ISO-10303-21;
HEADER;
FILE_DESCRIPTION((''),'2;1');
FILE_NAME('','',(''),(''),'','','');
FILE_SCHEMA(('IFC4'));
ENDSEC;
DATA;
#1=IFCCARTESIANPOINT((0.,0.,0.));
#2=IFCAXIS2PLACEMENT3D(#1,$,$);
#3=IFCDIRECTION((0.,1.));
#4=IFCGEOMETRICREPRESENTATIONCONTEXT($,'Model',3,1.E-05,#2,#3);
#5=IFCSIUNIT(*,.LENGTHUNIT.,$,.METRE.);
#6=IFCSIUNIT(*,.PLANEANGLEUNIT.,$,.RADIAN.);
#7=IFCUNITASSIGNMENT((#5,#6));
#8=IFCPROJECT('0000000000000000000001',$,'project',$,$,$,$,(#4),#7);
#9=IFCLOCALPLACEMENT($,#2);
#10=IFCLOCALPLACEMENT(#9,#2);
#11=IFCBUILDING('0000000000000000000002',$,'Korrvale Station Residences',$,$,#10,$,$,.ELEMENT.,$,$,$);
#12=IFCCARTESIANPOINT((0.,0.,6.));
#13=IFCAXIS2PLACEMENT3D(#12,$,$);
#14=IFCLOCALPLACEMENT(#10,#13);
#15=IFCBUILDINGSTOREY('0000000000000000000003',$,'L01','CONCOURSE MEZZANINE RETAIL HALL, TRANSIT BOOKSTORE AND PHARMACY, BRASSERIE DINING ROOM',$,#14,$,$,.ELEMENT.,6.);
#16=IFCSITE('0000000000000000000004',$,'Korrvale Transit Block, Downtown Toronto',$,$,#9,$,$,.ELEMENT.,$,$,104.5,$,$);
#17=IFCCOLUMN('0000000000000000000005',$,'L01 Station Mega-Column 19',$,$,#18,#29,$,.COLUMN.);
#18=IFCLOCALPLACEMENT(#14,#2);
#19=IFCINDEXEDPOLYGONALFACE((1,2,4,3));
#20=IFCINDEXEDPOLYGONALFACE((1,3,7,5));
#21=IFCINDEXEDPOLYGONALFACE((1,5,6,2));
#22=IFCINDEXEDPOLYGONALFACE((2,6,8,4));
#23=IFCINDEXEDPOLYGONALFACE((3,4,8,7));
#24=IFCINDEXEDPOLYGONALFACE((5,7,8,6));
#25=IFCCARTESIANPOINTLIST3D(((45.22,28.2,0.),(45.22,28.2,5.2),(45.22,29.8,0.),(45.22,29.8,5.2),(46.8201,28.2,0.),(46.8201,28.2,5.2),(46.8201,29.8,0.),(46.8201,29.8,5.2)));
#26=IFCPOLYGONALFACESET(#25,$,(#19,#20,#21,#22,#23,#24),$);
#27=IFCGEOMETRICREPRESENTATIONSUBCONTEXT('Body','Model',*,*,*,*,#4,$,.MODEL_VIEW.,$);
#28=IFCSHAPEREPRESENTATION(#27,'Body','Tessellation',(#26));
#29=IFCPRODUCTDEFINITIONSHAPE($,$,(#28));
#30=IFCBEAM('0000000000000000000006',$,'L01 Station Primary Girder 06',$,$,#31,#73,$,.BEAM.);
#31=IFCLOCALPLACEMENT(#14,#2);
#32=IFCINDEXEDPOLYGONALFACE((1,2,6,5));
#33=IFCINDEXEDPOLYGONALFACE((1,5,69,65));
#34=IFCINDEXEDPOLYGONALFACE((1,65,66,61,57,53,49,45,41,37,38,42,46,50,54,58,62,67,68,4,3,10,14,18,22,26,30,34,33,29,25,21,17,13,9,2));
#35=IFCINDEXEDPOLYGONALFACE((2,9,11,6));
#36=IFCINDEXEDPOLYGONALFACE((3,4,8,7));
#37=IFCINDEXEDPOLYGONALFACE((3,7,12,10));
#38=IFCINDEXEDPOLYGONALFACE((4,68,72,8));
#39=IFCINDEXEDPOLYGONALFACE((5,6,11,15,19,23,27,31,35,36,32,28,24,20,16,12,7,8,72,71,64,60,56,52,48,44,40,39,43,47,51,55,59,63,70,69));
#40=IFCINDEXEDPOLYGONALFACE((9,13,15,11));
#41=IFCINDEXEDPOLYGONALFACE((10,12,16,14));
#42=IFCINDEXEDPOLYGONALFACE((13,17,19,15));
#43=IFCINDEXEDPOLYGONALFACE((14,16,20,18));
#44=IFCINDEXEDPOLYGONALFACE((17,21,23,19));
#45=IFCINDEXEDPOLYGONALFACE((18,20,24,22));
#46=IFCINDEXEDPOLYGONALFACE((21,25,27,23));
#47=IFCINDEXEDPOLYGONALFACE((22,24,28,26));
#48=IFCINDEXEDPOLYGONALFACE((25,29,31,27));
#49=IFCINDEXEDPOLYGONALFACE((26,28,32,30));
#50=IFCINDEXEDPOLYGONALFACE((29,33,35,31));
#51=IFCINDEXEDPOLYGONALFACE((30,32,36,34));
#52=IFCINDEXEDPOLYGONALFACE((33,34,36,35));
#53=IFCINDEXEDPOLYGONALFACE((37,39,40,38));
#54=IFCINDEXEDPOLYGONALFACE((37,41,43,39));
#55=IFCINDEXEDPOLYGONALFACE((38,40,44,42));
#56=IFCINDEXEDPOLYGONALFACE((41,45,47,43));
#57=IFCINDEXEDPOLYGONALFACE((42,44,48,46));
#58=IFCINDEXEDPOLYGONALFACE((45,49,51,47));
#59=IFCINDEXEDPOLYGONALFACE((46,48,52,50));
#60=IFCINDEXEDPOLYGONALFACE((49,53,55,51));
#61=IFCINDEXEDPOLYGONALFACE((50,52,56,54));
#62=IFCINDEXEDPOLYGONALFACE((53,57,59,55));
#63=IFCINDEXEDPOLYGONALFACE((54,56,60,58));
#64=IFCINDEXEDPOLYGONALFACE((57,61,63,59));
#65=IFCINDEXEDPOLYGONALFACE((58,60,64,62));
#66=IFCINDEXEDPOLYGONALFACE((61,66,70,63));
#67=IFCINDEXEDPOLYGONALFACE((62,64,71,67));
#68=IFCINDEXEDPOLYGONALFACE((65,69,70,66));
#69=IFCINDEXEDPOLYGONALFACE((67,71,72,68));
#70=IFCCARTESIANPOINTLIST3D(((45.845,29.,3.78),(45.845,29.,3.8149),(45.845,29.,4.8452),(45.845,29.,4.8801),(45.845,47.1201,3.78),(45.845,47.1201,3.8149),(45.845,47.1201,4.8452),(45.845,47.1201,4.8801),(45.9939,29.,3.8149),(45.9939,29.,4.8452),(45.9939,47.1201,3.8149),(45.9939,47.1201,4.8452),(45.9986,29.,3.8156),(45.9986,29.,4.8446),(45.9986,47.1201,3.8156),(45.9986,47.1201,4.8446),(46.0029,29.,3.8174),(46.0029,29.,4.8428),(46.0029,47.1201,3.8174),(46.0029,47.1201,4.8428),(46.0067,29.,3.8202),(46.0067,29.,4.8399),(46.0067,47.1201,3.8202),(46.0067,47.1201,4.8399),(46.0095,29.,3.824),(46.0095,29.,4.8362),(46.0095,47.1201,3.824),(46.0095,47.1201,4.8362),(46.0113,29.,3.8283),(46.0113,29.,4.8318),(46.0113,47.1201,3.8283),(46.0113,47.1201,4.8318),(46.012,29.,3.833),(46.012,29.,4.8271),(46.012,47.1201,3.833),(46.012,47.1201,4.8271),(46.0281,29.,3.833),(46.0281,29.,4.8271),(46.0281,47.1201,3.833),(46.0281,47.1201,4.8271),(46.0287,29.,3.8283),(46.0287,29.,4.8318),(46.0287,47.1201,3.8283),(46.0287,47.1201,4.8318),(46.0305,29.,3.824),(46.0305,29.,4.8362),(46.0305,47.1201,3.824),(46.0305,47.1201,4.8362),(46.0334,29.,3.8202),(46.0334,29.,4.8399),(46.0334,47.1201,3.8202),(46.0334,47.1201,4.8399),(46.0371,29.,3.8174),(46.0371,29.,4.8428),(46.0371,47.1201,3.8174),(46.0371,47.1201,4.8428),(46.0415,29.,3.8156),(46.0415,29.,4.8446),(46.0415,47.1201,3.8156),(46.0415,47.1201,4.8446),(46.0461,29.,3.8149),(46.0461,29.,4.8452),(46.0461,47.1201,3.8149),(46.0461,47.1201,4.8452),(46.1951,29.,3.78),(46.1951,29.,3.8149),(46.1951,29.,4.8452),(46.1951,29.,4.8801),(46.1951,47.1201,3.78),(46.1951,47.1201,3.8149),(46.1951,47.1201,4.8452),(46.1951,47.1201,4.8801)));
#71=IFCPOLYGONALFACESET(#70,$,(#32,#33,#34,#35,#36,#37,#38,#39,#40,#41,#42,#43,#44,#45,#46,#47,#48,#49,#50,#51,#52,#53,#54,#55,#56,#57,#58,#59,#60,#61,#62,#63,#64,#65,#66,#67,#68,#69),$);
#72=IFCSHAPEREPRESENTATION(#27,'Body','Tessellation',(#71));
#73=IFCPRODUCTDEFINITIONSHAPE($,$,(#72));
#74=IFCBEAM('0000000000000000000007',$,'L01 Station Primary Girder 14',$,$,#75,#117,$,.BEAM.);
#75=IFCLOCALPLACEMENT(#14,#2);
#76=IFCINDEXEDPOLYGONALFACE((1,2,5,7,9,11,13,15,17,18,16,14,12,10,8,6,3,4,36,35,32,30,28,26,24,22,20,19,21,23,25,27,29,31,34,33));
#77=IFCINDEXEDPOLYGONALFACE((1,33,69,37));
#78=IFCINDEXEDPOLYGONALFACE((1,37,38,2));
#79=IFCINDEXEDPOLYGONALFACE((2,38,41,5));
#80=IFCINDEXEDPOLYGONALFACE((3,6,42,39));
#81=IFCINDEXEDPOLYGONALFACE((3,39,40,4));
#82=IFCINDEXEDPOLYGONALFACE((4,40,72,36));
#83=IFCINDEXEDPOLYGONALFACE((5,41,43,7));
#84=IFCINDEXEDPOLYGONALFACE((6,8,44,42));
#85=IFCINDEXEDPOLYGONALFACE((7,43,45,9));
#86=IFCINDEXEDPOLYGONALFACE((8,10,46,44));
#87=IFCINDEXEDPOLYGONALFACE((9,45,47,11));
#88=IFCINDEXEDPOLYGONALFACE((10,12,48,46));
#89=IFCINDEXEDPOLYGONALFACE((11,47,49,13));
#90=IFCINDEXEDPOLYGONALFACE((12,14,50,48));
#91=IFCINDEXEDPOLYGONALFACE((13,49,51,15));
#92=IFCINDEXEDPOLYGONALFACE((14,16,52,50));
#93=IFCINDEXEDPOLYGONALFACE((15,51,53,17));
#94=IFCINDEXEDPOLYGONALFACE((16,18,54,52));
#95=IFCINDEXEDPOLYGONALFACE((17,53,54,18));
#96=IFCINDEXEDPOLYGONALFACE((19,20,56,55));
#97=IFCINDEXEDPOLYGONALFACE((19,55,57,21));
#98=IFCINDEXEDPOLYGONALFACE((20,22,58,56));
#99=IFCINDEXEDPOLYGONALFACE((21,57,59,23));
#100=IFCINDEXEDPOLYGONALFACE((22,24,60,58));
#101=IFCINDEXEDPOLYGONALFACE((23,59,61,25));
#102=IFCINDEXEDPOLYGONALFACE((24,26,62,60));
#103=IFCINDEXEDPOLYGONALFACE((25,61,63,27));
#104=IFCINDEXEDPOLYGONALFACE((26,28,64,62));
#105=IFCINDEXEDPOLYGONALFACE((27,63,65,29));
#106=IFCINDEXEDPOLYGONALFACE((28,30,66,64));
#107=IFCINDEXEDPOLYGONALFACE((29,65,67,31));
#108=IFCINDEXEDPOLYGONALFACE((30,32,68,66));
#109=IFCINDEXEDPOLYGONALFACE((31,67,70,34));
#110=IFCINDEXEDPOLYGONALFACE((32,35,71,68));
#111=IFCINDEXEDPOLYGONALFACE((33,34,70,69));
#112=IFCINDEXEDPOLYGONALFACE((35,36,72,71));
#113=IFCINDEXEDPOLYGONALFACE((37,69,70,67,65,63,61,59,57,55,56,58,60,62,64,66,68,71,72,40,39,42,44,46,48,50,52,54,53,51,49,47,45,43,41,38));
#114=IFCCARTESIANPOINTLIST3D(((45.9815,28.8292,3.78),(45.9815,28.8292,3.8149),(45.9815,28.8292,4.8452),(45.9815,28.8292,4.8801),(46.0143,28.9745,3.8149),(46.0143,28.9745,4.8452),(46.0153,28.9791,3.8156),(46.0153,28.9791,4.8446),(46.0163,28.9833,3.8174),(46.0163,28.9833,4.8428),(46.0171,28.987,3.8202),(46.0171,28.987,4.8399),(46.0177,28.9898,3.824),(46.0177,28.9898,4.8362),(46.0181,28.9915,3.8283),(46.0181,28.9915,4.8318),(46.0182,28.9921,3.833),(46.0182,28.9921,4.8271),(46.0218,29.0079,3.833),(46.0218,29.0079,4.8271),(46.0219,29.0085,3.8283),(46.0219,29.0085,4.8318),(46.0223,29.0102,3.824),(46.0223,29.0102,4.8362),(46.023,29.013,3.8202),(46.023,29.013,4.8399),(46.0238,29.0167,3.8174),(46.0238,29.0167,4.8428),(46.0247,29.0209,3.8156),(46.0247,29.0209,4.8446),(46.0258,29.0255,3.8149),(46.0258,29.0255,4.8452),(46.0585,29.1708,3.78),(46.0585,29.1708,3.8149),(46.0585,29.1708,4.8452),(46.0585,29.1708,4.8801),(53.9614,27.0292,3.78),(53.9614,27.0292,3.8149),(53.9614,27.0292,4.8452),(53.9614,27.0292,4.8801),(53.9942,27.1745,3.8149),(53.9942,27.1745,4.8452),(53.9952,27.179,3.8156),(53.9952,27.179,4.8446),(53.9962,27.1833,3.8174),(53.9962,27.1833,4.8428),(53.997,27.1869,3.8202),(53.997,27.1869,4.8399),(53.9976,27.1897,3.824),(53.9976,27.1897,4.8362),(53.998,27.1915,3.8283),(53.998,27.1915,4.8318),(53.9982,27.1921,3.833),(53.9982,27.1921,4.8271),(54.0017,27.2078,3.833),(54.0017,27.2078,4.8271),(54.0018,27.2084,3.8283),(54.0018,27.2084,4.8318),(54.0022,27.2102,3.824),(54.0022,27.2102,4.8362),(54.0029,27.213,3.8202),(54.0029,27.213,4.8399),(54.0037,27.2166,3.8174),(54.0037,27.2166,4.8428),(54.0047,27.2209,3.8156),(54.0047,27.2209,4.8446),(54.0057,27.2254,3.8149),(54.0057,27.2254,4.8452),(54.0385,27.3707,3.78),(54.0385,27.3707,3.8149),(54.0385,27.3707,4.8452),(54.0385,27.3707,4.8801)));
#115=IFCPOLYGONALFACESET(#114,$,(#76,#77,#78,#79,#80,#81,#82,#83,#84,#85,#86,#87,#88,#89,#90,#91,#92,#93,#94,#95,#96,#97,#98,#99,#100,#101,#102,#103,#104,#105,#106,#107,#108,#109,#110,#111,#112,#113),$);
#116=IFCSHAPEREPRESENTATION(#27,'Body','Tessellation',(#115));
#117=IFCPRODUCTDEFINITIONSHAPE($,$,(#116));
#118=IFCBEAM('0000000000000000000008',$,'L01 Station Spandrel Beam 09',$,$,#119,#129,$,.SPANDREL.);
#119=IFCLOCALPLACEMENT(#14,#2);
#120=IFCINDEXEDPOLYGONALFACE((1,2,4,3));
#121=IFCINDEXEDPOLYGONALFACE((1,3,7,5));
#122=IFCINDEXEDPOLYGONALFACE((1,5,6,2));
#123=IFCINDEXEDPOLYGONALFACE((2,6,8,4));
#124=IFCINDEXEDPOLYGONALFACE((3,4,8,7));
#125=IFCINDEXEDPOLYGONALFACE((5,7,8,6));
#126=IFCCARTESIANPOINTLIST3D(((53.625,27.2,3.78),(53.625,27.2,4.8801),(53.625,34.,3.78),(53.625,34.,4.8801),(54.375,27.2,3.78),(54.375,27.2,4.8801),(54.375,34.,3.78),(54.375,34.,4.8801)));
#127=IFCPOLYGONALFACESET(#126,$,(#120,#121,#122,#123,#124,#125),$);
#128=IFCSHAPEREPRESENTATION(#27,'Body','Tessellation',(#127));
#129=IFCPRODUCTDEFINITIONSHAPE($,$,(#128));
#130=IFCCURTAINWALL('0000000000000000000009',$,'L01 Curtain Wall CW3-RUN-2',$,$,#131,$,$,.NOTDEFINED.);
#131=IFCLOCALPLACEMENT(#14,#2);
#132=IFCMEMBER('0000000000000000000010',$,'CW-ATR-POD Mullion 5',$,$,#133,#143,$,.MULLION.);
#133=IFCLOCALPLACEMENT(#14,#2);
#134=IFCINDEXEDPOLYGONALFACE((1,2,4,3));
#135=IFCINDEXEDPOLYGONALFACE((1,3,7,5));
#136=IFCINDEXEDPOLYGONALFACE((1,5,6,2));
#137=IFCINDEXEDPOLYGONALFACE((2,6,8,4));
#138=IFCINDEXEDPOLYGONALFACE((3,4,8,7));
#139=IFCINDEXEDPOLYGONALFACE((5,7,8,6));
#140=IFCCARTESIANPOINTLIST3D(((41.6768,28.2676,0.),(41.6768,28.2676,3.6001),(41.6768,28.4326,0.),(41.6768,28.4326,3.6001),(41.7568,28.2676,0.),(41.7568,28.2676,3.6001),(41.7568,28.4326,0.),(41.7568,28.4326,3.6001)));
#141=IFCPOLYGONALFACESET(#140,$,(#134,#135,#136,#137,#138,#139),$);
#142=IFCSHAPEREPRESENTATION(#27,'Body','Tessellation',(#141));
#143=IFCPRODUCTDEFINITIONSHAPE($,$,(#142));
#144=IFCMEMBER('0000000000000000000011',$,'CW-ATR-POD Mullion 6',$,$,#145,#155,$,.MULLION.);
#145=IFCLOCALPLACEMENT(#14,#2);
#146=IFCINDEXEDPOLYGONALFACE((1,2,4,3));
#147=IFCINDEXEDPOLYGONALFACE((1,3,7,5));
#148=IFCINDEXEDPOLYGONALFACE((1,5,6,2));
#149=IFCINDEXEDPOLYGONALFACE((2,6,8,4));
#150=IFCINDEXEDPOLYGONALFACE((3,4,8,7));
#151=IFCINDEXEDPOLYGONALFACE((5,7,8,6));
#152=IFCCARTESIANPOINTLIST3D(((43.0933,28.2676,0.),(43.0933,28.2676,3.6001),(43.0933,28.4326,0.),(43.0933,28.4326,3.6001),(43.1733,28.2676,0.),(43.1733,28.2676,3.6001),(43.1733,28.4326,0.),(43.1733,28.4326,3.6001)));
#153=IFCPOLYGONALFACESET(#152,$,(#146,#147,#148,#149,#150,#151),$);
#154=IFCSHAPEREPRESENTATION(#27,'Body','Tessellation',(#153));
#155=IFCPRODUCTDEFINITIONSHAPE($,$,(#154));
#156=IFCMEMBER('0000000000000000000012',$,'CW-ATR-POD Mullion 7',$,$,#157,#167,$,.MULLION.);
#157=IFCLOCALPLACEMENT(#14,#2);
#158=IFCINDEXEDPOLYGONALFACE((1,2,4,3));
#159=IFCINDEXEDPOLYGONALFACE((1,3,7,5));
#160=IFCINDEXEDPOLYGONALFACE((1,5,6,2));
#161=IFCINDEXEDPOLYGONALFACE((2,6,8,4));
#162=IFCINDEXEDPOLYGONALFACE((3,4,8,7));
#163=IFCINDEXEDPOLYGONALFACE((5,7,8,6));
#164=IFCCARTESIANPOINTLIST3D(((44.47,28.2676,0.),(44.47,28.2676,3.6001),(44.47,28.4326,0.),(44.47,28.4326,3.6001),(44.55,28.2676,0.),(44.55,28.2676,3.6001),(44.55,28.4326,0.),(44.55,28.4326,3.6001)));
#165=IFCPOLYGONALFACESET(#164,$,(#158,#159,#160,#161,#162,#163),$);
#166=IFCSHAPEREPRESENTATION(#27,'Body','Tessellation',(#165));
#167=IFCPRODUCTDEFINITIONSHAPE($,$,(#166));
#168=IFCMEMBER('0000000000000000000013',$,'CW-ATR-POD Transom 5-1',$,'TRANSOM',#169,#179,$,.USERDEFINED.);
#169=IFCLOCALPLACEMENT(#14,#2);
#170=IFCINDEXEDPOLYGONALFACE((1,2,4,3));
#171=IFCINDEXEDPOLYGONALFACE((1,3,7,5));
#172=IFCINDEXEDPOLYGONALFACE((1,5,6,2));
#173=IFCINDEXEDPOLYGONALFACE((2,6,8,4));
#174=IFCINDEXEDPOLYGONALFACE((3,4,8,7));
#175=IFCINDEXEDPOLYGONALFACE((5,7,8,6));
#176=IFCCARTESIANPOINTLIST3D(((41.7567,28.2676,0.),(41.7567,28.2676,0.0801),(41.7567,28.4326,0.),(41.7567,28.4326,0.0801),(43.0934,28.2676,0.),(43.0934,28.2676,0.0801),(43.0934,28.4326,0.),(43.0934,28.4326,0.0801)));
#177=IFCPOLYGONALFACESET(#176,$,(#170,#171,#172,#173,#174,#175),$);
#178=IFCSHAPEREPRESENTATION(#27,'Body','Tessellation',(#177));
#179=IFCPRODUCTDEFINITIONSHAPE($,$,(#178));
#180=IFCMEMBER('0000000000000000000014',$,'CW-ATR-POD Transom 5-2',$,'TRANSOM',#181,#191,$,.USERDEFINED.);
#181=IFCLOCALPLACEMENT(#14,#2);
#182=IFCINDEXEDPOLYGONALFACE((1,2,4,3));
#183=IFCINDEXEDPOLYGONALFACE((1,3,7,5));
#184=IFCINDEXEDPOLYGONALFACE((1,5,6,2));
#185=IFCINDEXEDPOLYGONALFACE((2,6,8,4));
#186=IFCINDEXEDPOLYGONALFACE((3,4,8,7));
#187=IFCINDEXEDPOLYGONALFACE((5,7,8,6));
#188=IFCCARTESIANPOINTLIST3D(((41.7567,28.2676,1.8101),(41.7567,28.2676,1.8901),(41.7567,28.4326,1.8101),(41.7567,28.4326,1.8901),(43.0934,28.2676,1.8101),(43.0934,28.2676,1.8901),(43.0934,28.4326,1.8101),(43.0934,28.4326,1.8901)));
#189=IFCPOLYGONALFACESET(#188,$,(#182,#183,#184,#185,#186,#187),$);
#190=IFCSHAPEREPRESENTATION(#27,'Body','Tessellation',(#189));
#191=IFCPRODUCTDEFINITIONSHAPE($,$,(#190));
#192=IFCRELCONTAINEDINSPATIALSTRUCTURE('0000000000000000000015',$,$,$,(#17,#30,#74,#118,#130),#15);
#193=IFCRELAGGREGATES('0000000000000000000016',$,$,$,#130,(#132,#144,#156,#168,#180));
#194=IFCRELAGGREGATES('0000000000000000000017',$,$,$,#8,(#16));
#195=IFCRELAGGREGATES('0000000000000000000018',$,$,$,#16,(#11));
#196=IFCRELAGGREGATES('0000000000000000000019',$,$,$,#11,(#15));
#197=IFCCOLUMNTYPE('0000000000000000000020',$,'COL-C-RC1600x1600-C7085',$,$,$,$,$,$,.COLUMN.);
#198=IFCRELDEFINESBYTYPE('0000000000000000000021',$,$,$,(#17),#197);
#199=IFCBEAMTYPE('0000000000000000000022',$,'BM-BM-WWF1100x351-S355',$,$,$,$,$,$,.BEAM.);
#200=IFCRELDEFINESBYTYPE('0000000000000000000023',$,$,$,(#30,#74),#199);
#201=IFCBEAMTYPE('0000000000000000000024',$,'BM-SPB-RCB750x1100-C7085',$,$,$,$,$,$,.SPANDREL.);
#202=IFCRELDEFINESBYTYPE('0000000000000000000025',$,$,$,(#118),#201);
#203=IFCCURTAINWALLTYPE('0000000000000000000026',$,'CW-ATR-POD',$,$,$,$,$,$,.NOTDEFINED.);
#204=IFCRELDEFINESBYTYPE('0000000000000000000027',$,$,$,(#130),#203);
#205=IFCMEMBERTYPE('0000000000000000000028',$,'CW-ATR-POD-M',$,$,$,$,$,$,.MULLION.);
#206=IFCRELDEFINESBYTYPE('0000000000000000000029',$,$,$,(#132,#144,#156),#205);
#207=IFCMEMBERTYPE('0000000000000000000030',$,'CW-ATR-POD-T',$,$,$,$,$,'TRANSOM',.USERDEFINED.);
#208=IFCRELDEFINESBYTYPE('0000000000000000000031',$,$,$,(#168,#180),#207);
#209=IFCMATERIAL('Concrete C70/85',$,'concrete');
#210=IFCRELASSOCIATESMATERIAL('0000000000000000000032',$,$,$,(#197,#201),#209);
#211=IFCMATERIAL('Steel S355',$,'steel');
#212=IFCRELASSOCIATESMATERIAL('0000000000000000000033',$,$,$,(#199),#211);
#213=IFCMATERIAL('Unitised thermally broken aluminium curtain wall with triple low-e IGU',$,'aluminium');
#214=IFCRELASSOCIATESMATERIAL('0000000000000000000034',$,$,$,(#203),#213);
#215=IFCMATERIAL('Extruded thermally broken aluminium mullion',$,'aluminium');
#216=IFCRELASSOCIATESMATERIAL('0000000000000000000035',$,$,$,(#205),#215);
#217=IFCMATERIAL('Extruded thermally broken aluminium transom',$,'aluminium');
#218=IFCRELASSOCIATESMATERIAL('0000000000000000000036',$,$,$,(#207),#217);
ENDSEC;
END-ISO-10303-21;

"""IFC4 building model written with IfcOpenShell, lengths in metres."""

from ifc_helpers import new_model, si_unit, direction, frame, origin, origin_2d, place, context, subcontext, project, spatial, rectangle, i_section, extrude, material, material_profile, profile_set, type_object, element, aggregate, save


model = new_model("IFC4")

# Units and contexts
model_context = context("Model", 3, precision=1e-05, world=origin(), true_north=direction((0.0, 1.0)))
body_context = subcontext(model_context, "Body", "Model", "MODEL_VIEW")
ifc_project = project(units=[si_unit("LENGTHUNIT", "METRE"), si_unit("PLANEANGLEUNIT", "RADIAN")], contexts=[model_context])

# Site, building, storey
site_placement = place(None, origin())
site = spatial("IfcSite", under=ifc_project, at=site_placement, Name="Korrvale Transit Block, Downtown Toronto", CompositionType="ELEMENT", RefElevation=104.5)
building_placement = place(site_placement, origin())
building = spatial("IfcBuilding", under=site, at=building_placement, Name="Korrvale Station Residences", CompositionType="ELEMENT")
storey_placement = place(building_placement, frame((0.0, 0.0, 6.0)))
storey = spatial("IfcBuildingStorey", under=building, at=storey_placement, Name="L01", Description="CONCOURSE MEZZANINE RETAIL HALL, TRANSIT BOOKSTORE AND PHARMACY, BRASSERIE DINING ROOM", CompositionType="ELEMENT", Elevation=6.0)

# Column
ifc_material_1 = material(Name="Concrete C70/85", Category="concrete")
ifc_material_profile_1 = material_profile(ifc_material_1, rectangle(XDim=1.6001, YDim=1.6001, at=origin_2d()), Name="RC1600x1600")
ifc_profile_set_1 = profile_set([ifc_material_profile_1], Name="Concrete C70/85")
column_type = type_object("IfcColumnType", Name="COL-C-RC1600x1600-C7085", PredefinedType="COLUMN", material=ifc_profile_set_1)
column_placement = place(storey_placement, frame((46.02, 29.0, 0.0), z_axis=(0.0, 0.0, 1.0), x_axis=(1.0, 0.0, 0.0)))
element("IfcColumn", 1, at=column_placement, inside=storey, type_object=column_type, Name="L01 Station Mega-Column 19", PredefinedType="COLUMN", context=body_context, shape_type="SweptSolid", body=[
    extrude(rectangle(XDim=1.6001, YDim=1.6001, at=origin_2d()), origin(), (0.0, 0.0, 1.0), 5.2),
])

# Beams
ifc_material_2 = material(Name="Steel S355", Category="steel")
ifc_material_profile_2 = material_profile(ifc_material_2, i_section(OverallWidth=0.3501, OverallDepth=1.1001, WebThickness=0.0161, FlangeThickness=0.0349, FilletRadius=0.0181, at=origin_2d()), Name="WWF1100x351")
ifc_profile_set_2 = profile_set([ifc_material_profile_2], Name="Steel S355")
beam_type_1 = type_object("IfcBeamType", Name="BM-BM-WWF1100x351-S355", PredefinedType="BEAM", material=ifc_profile_set_2)
beam_1_placement = place(storey_placement, frame((46.02, 29.0, 4.3301), z_axis=(0.0, 1.0, 0.0), x_axis=(-1.0, 0.0, 0.0)))
element("IfcBeam", 2, at=beam_1_placement, inside=storey, type_object=beam_type_1, Name="L01 Station Primary Girder 06", PredefinedType="BEAM", context=body_context, shape_type="SweptSolid", body=[
    extrude(i_section(OverallWidth=0.3501, OverallDepth=1.1001, WebThickness=0.0161, FlangeThickness=0.0349, FilletRadius=0.0181, at=origin_2d()), origin(), (0.0, 0.0, 1.0), 18.1201),
])
beam_2_placement = place(storey_placement, frame((46.02, 29.0, 4.3301), z_axis=(0.97549, -0.220042, 0.0), x_axis=(0.220042, 0.97549, 0.0)))
element("IfcBeam", 3, at=beam_2_placement, inside=storey, type_object=beam_type_1, Name="L01 Station Primary Girder 14", PredefinedType="BEAM", context=body_context, shape_type="SweptSolid", body=[
    extrude(i_section(OverallWidth=0.3501, OverallDepth=1.1001, WebThickness=0.0161, FlangeThickness=0.0349, FilletRadius=0.0181, at=origin_2d()), origin(), (0.0, 0.0, 1.0), 8.1804),
])
ifc_material_profile_3 = material_profile(ifc_material_1, rectangle(XDim=0.75, YDim=1.1001, at=origin_2d()), Name="RCB750x1100")
ifc_profile_set_3 = profile_set([ifc_material_profile_3], Name="Concrete C70/85")
beam_type_2 = type_object("IfcBeamType", Name="BM-SPB-RCB750x1100-C7085", PredefinedType="SPANDREL", material=ifc_profile_set_3)
beam_3_placement = place(storey_placement, frame((54.0, 27.2, 4.3301), z_axis=(0.0, 1.0, 0.0), x_axis=(-1.0, 0.0, 0.0)))
element("IfcBeam", 4, at=beam_3_placement, inside=storey, type_object=beam_type_2, Name="L01 Station Spandrel Beam 09", PredefinedType="SPANDREL", context=body_context, shape_type="SweptSolid", body=[
    extrude(rectangle(XDim=0.75, YDim=1.1001, at=origin_2d()), origin(), (0.0, 0.0, 1.0), 6.8),
])

# Curtain wall, members
ifc_material_3 = material(Name="Unitised thermally broken aluminium curtain wall with triple low-e IGU", Category="aluminium")
curtain_wall_type_1 = type_object("IfcCurtainWallType", Name="CW-ATR-POD", PredefinedType="NOTDEFINED", material=ifc_material_3)
curtain_wall_1_placement = place(storey_placement, origin())
curtain_wall_1 = element("IfcCurtainWall", 5, at=curtain_wall_1_placement, inside=storey, type_object=curtain_wall_type_1, Name="L01 Curtain Wall CW3-RUN-2", PredefinedType="NOTDEFINED")
ifc_material_4 = material(Name="Extruded thermally broken aluminium mullion", Category="aluminium")
member_type_1 = type_object("IfcMemberType", Name="CW-ATR-POD-M", PredefinedType="MULLION", material=ifc_material_4)
member_1_placement = place(storey_placement, frame((41.7168, 28.3501, 0.0), z_axis=(0.0, 0.0, 1.0), x_axis=(1.0, 0.0, 0.0)))
member_1 = element("IfcMember", 6, at=member_1_placement, type_object=member_type_1, Name="CW-ATR-POD Mullion 5", PredefinedType="MULLION", context=body_context, shape_type="SweptSolid", body=[
    extrude(rectangle(XDim=0.0801, YDim=0.165, at=origin_2d()), origin(), (0.0, 0.0, 1.0), 3.6001),
])
member_2_placement = place(storey_placement, frame((43.1333, 28.3501, 0.0), z_axis=(0.0, 0.0, 1.0), x_axis=(1.0, 0.0, 0.0)))
member_2 = element("IfcMember", 7, at=member_2_placement, type_object=member_type_1, Name="CW-ATR-POD Mullion 6", PredefinedType="MULLION", context=body_context, shape_type="SweptSolid", body=[
    extrude(rectangle(XDim=0.0801, YDim=0.165, at=origin_2d()), origin(), (0.0, 0.0, 1.0), 3.6001),
])
member_3_placement = place(storey_placement, frame((44.51, 28.3501, 0.0), z_axis=(0.0, 0.0, 1.0), x_axis=(1.0, 0.0, 0.0)))
member_3 = element("IfcMember", 8, at=member_3_placement, type_object=member_type_1, Name="CW-ATR-POD Mullion 7", PredefinedType="MULLION", context=body_context, shape_type="SweptSolid", body=[
    extrude(rectangle(XDim=0.0801, YDim=0.165, at=origin_2d()), origin(), (0.0, 0.0, 1.0), 3.6001),
])
ifc_material_5 = material(Name="Extruded thermally broken aluminium transom", Category="aluminium")
member_type_2 = type_object("IfcMemberType", Name="CW-ATR-POD-T", ElementType="TRANSOM", PredefinedType="USERDEFINED", material=ifc_material_5)
member_4_placement = place(storey_placement, frame((42.425, 28.3501, 0.0), z_axis=(0.0, 0.0, 1.0), x_axis=(1.0, 0.0, 0.0)))
member_4 = element("IfcMember", 9, at=member_4_placement, type_object=member_type_2, Name="CW-ATR-POD Transom 5-1", ObjectType="TRANSOM", PredefinedType="USERDEFINED", context=body_context, shape_type="SweptSolid", body=[
    extrude(rectangle(XDim=1.3367, YDim=0.165, at=origin_2d()), origin(), (0.0, 0.0, 1.0), 0.0801),
])
member_5_placement = place(storey_placement, frame((42.425, 28.3501, 1.8101), z_axis=(0.0, 0.0, 1.0), x_axis=(1.0, 0.0, 0.0)))
member_5 = element("IfcMember", 10, at=member_5_placement, type_object=member_type_2, Name="CW-ATR-POD Transom 5-2", ObjectType="TRANSOM", PredefinedType="USERDEFINED", context=body_context, shape_type="SweptSolid", body=[
    extrude(rectangle(XDim=1.3367, YDim=0.165, at=origin_2d()), origin(), (0.0, 0.0, 1.0), 0.0801),
])

aggregate(curtain_wall_1, [member_1, member_2, member_3, member_4, member_5])

save(model, "model.ifc")
